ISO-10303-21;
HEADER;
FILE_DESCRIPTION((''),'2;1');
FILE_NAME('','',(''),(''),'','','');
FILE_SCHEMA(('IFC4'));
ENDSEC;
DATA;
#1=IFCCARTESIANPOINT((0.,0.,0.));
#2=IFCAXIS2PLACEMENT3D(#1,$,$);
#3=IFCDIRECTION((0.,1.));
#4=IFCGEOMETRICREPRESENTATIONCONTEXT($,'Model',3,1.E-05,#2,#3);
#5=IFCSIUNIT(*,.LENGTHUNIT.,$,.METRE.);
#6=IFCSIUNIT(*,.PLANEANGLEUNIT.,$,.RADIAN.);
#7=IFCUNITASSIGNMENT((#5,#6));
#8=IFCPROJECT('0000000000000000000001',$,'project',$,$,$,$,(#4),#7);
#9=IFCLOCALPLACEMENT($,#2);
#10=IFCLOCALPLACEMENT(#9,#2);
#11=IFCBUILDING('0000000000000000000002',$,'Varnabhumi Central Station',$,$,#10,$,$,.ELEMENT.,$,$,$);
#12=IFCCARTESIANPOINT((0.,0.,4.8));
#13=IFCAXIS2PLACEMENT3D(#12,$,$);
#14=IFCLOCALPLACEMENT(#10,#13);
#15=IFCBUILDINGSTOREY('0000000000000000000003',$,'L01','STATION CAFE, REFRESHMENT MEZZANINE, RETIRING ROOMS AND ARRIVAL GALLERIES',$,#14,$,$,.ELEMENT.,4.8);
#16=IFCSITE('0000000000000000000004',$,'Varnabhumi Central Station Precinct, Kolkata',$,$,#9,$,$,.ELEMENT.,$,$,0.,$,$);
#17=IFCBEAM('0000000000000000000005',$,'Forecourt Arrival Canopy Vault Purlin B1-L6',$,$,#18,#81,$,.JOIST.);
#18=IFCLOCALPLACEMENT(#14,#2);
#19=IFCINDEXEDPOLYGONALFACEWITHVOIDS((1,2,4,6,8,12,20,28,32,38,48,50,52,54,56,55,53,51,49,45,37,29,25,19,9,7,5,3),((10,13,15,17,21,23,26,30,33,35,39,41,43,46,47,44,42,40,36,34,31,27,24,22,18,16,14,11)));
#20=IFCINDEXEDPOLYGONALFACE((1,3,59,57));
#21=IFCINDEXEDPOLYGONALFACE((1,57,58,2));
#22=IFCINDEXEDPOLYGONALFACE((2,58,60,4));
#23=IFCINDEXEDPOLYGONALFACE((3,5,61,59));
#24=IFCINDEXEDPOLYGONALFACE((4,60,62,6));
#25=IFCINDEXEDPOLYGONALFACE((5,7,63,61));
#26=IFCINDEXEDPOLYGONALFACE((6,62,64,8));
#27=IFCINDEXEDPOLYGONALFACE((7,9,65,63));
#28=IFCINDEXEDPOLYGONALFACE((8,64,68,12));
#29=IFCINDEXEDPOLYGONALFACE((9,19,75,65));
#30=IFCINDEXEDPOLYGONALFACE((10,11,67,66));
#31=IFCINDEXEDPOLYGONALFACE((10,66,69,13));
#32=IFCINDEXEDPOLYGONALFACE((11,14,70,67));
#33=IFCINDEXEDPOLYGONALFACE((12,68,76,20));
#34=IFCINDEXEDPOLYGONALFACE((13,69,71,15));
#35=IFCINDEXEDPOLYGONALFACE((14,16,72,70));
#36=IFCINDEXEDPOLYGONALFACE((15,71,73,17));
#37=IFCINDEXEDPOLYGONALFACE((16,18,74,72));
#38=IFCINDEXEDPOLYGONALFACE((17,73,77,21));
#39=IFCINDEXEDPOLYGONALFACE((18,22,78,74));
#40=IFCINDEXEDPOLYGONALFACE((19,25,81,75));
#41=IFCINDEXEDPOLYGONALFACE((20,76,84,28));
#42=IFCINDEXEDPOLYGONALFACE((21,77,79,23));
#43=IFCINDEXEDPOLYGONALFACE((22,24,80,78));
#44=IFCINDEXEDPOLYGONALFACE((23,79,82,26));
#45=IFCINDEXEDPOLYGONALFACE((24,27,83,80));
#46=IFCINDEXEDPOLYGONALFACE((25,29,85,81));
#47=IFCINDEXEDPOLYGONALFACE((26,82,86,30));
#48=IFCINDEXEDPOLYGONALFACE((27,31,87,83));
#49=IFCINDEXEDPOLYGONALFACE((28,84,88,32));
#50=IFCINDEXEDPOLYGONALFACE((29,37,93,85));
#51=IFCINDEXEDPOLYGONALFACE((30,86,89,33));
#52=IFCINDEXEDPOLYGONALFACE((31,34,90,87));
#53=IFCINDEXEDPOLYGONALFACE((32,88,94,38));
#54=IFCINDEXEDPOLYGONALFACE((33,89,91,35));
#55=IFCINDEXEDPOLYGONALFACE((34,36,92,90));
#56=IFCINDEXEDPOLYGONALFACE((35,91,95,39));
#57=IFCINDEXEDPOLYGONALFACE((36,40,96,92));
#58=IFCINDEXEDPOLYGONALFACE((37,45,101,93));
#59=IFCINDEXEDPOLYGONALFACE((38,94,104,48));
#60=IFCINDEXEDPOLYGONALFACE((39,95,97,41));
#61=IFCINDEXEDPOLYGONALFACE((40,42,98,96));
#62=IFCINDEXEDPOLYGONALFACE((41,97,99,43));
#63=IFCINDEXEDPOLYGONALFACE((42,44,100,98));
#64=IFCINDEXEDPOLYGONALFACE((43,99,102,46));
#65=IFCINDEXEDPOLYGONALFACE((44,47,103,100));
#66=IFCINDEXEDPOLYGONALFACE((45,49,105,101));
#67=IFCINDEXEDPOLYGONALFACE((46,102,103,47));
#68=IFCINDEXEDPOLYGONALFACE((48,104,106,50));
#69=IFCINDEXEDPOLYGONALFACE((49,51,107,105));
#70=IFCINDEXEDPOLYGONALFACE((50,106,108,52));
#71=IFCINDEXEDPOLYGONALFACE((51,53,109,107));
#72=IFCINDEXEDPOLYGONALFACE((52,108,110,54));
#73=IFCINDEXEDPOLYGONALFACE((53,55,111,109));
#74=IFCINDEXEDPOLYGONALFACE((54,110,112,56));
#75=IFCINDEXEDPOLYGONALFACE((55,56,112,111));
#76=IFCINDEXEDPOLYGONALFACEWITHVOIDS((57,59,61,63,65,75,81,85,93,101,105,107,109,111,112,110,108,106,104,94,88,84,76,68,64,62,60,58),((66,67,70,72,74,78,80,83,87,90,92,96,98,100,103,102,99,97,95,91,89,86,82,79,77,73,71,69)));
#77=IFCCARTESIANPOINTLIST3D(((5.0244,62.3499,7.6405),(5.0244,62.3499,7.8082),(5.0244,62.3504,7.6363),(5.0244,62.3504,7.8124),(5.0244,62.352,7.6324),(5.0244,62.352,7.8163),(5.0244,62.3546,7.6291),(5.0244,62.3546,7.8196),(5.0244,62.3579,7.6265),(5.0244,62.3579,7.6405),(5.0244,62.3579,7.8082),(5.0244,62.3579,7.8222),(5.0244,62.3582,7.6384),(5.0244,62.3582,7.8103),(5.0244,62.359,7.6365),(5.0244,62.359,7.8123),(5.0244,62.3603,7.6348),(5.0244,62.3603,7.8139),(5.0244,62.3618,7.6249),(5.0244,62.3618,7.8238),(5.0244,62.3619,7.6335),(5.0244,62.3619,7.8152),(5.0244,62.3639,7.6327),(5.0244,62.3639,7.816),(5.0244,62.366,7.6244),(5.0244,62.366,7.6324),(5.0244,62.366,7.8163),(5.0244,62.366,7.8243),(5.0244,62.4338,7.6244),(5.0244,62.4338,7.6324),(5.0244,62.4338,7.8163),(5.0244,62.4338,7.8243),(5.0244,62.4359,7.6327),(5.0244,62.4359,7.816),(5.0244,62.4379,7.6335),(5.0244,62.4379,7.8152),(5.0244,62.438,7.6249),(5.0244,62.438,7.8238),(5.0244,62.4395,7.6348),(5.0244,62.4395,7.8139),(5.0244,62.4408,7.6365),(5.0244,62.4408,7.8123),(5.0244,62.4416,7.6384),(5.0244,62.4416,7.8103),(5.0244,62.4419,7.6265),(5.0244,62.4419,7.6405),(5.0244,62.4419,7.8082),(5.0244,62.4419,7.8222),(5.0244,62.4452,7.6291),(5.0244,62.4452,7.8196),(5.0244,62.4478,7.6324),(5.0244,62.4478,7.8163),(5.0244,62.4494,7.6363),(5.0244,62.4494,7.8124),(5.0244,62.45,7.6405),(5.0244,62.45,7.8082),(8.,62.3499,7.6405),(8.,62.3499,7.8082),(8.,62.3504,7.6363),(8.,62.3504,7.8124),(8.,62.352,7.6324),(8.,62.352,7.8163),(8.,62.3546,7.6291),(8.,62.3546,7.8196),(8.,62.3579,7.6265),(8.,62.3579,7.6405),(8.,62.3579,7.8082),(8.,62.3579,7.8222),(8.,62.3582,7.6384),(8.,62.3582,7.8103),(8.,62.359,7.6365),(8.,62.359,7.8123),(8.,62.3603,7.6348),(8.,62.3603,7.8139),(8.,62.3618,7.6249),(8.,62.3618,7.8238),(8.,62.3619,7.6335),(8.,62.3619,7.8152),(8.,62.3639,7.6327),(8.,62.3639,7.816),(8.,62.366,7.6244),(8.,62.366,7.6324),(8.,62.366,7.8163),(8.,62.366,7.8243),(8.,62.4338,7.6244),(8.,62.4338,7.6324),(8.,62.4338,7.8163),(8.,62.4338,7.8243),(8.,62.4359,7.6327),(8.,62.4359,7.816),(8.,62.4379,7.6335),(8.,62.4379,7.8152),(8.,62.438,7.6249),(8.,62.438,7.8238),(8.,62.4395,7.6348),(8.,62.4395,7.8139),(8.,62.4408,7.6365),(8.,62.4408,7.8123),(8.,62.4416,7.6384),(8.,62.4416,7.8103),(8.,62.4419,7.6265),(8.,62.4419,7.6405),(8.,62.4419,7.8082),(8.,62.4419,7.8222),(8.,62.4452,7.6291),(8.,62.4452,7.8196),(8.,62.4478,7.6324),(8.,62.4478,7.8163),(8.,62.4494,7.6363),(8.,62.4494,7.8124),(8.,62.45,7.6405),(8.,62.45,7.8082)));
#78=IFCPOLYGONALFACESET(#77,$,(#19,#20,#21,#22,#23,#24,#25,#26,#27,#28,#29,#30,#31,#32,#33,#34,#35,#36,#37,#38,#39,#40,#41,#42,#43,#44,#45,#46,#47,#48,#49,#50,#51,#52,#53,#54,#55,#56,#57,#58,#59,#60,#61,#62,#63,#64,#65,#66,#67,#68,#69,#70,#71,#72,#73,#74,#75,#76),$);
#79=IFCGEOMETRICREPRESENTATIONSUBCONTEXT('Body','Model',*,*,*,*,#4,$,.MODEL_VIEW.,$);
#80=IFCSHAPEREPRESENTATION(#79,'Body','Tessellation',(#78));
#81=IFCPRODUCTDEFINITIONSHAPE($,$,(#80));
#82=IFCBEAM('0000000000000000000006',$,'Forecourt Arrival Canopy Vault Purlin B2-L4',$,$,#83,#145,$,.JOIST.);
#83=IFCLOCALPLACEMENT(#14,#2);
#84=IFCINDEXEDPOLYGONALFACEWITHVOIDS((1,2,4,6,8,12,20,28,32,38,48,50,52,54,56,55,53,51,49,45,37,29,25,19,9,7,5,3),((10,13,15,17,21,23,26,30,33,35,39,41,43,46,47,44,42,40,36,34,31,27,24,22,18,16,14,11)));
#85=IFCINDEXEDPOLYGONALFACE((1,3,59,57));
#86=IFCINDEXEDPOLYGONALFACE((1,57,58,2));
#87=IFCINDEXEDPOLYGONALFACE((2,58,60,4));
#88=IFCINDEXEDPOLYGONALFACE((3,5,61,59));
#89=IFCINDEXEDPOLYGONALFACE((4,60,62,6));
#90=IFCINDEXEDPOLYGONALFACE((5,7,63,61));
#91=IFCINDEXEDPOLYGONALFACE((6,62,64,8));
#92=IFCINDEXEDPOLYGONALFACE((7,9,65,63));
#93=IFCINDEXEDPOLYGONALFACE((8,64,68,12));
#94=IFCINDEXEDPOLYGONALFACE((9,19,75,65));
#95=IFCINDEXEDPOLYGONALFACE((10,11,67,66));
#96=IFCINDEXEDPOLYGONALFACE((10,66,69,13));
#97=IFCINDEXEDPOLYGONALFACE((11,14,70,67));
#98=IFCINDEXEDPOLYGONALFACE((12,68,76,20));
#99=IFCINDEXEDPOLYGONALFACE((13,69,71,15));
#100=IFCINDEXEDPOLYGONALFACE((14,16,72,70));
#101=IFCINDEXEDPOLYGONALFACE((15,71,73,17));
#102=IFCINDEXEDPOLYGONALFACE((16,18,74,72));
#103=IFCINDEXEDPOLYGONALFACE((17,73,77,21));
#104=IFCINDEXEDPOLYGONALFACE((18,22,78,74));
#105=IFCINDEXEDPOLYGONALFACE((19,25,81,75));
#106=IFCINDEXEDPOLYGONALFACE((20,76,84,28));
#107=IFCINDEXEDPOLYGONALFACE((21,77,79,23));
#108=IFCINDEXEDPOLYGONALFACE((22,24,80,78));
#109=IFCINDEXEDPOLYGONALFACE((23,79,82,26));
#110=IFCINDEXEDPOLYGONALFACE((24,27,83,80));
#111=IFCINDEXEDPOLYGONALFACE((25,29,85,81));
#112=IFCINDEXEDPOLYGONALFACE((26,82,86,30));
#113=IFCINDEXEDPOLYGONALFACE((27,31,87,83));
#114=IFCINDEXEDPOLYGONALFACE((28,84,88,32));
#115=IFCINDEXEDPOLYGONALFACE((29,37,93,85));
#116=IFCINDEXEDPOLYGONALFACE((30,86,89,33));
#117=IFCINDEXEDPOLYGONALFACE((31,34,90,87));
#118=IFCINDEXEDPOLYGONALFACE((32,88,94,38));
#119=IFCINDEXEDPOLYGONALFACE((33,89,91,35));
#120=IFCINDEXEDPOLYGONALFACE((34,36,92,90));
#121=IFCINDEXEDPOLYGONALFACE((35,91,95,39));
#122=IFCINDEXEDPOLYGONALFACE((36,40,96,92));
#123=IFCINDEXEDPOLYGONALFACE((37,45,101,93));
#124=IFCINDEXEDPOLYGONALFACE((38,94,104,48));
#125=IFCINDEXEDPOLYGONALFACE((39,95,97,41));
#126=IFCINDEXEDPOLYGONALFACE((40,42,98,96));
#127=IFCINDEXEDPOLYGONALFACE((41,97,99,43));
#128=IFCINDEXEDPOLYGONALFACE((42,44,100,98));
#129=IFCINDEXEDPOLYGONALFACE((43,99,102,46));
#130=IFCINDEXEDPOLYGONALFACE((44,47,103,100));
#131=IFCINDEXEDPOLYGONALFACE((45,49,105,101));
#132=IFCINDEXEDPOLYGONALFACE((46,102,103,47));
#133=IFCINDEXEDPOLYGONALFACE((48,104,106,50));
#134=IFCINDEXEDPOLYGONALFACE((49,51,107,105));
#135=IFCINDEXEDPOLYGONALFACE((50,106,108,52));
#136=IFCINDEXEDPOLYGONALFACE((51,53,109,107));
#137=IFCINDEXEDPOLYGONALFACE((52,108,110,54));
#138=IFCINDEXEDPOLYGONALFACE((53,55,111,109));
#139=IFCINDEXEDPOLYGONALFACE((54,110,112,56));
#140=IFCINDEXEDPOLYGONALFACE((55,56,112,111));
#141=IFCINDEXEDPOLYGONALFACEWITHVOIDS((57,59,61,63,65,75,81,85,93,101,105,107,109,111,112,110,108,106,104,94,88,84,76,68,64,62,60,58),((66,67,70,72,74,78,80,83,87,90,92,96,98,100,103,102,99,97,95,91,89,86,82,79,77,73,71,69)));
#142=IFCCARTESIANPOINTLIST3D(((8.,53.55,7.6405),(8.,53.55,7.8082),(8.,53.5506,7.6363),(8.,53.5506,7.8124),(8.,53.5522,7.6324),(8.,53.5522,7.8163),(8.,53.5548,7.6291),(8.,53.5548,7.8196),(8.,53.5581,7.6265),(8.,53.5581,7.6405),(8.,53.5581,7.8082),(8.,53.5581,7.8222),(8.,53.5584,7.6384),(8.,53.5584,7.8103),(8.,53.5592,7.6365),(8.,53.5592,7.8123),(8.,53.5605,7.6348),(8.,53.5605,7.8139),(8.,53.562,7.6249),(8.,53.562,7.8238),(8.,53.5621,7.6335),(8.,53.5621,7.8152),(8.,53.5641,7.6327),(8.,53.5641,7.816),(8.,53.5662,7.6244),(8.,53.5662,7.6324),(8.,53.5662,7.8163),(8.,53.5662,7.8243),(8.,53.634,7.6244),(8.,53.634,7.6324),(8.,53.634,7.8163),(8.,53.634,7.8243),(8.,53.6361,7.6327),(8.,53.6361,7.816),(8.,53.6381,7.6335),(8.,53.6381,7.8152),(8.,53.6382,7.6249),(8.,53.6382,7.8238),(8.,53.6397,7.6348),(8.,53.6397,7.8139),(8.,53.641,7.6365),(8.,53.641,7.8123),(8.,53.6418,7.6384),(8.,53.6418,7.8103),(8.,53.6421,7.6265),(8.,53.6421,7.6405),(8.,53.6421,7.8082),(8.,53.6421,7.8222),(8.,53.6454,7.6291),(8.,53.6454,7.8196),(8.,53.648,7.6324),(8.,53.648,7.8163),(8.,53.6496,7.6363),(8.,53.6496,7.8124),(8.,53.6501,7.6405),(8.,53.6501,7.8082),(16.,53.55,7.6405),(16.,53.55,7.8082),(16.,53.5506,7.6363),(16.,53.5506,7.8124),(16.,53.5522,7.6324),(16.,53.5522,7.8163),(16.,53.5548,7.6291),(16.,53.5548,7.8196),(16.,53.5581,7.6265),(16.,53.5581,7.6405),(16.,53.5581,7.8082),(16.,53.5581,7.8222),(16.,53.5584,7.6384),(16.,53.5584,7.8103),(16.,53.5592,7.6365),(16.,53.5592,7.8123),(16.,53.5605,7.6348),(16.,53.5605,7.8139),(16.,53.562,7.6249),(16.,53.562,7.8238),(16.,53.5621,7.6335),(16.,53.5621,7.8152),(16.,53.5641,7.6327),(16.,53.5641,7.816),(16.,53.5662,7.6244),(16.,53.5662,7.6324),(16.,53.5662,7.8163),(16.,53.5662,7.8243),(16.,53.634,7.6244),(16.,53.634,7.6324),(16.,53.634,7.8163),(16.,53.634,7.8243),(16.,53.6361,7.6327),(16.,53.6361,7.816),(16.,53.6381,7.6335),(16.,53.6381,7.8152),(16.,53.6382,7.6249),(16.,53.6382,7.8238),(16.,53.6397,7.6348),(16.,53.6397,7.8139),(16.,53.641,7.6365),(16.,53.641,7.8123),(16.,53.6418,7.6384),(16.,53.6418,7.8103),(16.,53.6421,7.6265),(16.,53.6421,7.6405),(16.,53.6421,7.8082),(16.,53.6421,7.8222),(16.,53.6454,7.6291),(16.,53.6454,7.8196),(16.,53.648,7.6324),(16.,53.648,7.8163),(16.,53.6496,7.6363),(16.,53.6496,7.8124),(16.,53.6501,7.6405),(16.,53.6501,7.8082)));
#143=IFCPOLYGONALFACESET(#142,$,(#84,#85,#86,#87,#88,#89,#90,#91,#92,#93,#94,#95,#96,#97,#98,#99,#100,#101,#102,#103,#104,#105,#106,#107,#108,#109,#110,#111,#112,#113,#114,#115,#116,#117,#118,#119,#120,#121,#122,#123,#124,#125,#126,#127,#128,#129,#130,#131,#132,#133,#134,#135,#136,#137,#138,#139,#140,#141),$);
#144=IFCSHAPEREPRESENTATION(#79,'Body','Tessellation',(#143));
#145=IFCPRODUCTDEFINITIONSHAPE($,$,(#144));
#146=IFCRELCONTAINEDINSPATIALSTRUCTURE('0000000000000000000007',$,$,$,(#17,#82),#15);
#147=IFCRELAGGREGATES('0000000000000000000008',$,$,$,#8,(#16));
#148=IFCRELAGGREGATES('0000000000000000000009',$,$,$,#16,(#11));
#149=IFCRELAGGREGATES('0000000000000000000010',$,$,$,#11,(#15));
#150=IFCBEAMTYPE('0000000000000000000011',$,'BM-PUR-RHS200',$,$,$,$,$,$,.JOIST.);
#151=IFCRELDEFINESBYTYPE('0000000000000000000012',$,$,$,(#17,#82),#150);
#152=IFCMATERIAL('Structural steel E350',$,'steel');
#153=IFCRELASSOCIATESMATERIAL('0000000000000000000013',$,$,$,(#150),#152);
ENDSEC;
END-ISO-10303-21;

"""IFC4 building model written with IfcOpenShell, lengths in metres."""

from ifc_helpers import new_model, si_unit, direction, frame, origin, origin_2d, place, context, subcontext, project, spatial, hollow_rectangle, extrude, material, material_profile, profile_set, type_object, element, save


model = new_model("IFC4")

# Units and contexts
model_context = context("Model", 3, precision=1e-05, world=origin(), true_north=direction((0.0, 1.0)))
body_context = subcontext(model_context, "Body", "Model", "MODEL_VIEW")
ifc_project = project(units=[si_unit("LENGTHUNIT", "METRE"), si_unit("PLANEANGLEUNIT", "RADIAN")], contexts=[model_context])

# Site, building, storey
site_placement = place(None, origin())
site = spatial("IfcSite", under=ifc_project, at=site_placement, Name="Varnabhumi Central Station Precinct, Kolkata", CompositionType="ELEMENT", RefElevation=0.0)
building_placement = place(site_placement, origin())
building = spatial("IfcBuilding", under=site, at=building_placement, Name="Varnabhumi Central Station", CompositionType="ELEMENT")
storey_placement = place(building_placement, frame((0.0, 0.0, 4.8)))
storey = spatial("IfcBuildingStorey", under=building, at=storey_placement, Name="L01", Description="STATION CAFE, REFRESHMENT MEZZANINE, RETIRING ROOMS AND ARRIVAL GALLERIES", CompositionType="ELEMENT", Elevation=4.8)

# Beams
ifc_material_1 = material(Name="Structural steel E350", Category="steel")
ifc_material_profile_1 = material_profile(ifc_material_1, hollow_rectangle(XDim=0.1001, YDim=0.2, WallThickness=0.0081, InnerFilletRadius=0.0081, OuterFilletRadius=0.0161, at=origin_2d()), Name="Structural steel E350", Category="steel")
ifc_profile_set_1 = profile_set([ifc_material_profile_1], Name="Structural steel E350")
beam_type_1 = type_object("IfcBeamType", Name="BM-PUR-RHS200", PredefinedType="JOIST", material=ifc_profile_set_1)
beam_1_placement = place(storey_placement, frame((5.0244, 62.3999, 7.7244), z_axis=(1.0, 0.0, 0.0), x_axis=(0.0, 1.0, 0.0)))
element("IfcBeam", 1, at=beam_1_placement, inside=storey, type_object=beam_type_1, Name="Forecourt Arrival Canopy Vault Purlin B1-L6", PredefinedType="JOIST", context=body_context, shape_type="SweptSolid", body=[
    extrude(hollow_rectangle(XDim=0.1001, YDim=0.2, WallThickness=0.0081, InnerFilletRadius=0.0081, OuterFilletRadius=0.0161, at=origin_2d()), origin(), (0.0, 0.0, 1.0), 2.9756),
])
for number, where, z_axis, x_axis, name in (
    (2, (8.0, 53.6001, 7.7244), (1.0, 0.0, 0.0), (0.0, 1.0, 0.0), "Forecourt Arrival Canopy Vault Purlin B2-L4"),
):
    element("IfcBeam", number, at=place(storey_placement, frame(where, z_axis=z_axis, x_axis=x_axis)), inside=storey, type_object=beam_type_1, Name=name, PredefinedType="JOIST", context=body_context, shape_type="SweptSolid", body=[
        extrude(hollow_rectangle(XDim=0.1001, YDim=0.2, WallThickness=0.0081, InnerFilletRadius=0.0081, OuterFilletRadius=0.0161, at=origin_2d()), origin(), (0.0, 0.0, 1.0), 8.0),
    ])

save(model, "model.ifc")
